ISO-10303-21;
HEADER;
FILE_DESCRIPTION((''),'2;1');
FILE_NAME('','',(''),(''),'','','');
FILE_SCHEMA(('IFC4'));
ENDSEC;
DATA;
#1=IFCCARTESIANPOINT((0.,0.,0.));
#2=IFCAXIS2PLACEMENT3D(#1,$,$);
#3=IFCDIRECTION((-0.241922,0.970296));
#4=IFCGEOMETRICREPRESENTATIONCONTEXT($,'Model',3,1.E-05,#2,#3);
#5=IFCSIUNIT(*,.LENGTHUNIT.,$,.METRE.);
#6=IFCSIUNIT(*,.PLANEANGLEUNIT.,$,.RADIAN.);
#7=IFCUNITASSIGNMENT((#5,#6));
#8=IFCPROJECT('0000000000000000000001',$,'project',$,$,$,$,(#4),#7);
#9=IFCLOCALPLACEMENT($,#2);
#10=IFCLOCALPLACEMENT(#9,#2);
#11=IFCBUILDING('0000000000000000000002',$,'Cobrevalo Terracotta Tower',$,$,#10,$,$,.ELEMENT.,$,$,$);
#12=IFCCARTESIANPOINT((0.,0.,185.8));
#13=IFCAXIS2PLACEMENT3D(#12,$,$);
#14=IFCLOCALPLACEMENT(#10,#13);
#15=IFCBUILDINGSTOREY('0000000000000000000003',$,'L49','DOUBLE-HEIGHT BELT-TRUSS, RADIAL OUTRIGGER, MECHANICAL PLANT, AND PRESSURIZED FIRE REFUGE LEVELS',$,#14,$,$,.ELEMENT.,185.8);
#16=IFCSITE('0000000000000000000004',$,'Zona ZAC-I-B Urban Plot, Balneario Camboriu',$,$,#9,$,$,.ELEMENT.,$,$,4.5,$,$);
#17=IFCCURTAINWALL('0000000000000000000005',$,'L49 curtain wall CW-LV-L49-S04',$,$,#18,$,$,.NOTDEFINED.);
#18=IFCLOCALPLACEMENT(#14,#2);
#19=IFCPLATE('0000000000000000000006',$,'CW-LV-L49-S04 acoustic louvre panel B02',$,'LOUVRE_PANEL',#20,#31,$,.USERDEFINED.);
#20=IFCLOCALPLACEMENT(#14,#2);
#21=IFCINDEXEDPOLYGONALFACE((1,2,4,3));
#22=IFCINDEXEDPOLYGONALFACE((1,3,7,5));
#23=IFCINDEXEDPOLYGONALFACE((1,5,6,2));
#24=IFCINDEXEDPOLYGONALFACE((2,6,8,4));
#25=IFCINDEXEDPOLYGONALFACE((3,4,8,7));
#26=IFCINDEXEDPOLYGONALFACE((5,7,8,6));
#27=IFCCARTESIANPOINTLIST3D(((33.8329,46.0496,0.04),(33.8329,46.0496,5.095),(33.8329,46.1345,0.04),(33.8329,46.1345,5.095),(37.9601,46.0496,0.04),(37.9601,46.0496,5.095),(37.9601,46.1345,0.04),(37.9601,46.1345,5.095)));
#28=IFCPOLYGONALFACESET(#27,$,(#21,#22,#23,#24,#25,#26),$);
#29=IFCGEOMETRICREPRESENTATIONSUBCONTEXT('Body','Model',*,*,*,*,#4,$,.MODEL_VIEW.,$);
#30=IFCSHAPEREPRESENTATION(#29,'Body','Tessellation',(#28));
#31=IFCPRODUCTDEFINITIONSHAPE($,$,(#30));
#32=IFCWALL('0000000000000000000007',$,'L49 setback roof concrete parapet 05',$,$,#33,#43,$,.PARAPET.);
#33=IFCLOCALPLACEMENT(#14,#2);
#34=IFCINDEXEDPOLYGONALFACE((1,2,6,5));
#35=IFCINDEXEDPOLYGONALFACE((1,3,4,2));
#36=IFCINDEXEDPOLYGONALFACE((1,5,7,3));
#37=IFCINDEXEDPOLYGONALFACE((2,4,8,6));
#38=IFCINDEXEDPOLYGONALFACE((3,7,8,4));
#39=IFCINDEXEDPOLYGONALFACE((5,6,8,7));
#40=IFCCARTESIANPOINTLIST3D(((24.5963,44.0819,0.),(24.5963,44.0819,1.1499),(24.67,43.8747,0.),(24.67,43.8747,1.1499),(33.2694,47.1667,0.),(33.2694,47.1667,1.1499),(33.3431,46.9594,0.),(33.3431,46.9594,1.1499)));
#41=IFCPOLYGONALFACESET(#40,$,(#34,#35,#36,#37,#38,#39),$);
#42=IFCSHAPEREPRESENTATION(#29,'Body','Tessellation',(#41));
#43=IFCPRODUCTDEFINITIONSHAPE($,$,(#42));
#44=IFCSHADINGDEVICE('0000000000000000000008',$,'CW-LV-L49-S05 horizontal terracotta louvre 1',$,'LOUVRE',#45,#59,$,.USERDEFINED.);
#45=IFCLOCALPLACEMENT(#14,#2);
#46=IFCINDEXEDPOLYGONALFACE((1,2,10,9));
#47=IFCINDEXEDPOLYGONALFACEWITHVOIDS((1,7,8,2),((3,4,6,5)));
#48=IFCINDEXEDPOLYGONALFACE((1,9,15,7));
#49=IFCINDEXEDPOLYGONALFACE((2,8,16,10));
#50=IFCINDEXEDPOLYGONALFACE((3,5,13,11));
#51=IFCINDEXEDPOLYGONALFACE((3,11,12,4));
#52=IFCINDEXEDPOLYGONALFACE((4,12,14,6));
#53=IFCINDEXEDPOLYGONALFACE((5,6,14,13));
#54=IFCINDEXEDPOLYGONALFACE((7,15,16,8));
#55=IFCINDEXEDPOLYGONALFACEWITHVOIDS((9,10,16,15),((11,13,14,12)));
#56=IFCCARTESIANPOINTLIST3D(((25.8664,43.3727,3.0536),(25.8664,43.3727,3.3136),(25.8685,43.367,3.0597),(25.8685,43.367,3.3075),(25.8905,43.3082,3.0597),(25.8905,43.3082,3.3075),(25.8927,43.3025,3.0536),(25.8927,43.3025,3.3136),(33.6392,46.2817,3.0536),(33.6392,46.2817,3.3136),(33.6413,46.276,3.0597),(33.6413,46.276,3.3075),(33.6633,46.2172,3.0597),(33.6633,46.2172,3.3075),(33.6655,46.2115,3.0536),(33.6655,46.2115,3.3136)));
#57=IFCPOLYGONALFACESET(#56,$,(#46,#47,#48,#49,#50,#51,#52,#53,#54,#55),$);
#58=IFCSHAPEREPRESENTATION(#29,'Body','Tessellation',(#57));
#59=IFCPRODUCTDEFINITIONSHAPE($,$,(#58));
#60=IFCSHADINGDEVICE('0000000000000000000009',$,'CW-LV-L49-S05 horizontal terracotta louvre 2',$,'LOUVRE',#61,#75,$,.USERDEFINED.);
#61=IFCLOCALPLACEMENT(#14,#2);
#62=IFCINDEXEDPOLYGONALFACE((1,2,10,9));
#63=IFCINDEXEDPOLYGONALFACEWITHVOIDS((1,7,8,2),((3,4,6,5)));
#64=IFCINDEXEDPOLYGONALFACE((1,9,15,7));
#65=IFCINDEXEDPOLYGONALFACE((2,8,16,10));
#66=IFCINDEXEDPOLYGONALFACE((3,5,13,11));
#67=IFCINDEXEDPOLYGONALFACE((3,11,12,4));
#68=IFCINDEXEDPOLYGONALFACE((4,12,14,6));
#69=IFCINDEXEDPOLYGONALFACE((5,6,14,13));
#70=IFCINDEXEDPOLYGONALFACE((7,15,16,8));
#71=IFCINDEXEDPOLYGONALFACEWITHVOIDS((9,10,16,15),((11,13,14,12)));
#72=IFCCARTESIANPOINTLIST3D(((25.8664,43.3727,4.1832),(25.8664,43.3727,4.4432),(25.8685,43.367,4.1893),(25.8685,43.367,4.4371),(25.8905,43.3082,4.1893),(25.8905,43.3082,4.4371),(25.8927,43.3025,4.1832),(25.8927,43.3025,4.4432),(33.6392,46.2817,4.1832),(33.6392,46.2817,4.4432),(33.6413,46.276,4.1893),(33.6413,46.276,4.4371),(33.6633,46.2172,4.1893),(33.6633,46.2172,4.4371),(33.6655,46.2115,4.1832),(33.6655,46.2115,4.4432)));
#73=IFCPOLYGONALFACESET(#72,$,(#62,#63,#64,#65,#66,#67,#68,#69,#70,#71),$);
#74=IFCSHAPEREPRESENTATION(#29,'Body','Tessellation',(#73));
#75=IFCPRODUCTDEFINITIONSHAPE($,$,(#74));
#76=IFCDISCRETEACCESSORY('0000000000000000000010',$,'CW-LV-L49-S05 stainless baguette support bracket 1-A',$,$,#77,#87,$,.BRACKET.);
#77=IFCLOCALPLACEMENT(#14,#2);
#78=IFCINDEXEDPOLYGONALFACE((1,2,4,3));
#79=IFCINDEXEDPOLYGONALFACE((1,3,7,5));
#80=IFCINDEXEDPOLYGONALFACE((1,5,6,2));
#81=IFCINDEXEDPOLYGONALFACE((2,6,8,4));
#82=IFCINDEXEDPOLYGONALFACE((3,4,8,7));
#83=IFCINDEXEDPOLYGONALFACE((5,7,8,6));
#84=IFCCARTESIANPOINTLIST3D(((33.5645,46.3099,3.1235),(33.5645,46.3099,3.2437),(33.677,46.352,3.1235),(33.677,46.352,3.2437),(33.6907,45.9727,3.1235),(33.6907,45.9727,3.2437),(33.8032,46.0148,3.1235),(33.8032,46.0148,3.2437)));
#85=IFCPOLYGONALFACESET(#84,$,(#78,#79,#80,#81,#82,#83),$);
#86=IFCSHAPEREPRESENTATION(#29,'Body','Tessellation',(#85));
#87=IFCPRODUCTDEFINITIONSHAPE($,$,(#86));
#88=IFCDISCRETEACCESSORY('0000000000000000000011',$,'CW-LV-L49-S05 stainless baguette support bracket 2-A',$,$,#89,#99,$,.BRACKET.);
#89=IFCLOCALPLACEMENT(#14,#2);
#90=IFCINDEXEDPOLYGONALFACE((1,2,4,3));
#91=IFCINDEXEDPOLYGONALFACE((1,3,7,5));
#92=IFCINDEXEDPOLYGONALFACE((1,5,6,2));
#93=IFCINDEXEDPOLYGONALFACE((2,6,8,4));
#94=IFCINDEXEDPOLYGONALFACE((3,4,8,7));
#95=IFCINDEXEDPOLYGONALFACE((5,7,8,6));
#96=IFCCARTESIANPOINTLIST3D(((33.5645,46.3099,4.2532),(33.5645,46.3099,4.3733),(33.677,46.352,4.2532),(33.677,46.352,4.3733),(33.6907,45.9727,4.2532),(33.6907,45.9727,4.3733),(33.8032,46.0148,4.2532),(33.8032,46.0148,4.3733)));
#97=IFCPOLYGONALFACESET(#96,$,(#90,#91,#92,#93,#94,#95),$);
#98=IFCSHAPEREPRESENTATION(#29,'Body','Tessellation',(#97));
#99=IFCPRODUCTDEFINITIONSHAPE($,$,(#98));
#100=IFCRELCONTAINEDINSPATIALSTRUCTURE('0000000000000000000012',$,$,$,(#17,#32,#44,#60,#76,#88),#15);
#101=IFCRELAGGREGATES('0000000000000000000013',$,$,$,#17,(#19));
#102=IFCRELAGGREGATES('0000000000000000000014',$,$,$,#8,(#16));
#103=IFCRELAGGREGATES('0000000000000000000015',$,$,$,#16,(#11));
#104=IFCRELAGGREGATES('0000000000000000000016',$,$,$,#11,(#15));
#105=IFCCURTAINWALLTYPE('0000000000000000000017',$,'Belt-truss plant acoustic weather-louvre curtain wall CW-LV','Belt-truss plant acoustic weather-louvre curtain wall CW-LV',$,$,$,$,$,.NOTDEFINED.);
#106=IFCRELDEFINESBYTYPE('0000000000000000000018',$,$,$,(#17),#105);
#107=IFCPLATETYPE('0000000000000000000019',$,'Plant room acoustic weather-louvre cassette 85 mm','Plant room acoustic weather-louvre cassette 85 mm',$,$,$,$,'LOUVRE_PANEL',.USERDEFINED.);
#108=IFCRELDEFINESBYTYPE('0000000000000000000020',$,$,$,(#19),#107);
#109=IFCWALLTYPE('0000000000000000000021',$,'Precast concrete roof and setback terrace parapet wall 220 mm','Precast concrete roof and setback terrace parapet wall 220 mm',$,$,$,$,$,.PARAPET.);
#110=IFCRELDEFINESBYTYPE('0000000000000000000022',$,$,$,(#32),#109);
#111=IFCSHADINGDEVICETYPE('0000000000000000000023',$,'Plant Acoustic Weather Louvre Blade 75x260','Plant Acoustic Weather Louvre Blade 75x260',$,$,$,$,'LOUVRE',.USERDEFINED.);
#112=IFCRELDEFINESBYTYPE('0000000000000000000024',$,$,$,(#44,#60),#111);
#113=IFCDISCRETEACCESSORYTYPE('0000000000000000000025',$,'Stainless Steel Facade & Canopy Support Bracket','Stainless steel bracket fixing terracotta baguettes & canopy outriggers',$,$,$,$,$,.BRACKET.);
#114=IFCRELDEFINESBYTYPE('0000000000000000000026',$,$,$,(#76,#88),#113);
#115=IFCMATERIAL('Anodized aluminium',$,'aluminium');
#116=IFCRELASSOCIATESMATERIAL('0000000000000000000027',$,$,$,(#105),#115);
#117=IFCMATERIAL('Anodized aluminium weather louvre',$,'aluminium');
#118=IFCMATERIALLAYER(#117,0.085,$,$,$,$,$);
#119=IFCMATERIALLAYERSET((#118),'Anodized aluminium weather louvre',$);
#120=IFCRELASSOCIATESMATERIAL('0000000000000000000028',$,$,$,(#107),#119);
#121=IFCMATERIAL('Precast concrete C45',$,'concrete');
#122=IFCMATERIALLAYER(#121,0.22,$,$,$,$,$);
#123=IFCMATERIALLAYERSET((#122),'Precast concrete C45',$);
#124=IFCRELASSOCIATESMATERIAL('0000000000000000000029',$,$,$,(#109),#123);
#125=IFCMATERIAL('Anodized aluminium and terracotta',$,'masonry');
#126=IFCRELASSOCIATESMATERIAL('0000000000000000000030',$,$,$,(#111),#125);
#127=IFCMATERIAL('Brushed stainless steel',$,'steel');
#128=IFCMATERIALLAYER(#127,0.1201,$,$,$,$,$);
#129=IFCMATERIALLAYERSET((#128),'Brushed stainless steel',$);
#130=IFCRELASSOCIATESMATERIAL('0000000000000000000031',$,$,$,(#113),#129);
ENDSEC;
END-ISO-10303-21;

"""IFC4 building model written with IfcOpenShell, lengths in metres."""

from ifc_helpers import new_model, si_unit, direction, frame, frame_2d, origin, origin_2d, place, context, subcontext, project, spatial, rectangle, hollow_rectangle, extrude, source, transform, mapped, material, layer, layer_set, material_profile, profile_set, type_object, element, aggregate, save


model = new_model("IFC4")

# Units and contexts
model_context = context("Model", 3, precision=1e-05, world=origin(), true_north=direction((-0.241922, 0.970296)))
body_context = subcontext(model_context, "Body", "Model", "MODEL_VIEW")
ifc_project = project(units=[si_unit("LENGTHUNIT", "METRE"), si_unit("PLANEANGLEUNIT", "RADIAN")], contexts=[model_context])

# Site, building, storey
site_placement = place(None, origin())
site = spatial("IfcSite", under=ifc_project, at=site_placement, Name="Zona ZAC-I-B Urban Plot, Balneario Camboriu", CompositionType="ELEMENT", RefElevation=4.5)
building_placement = place(site_placement, origin())
building = spatial("IfcBuilding", under=site, at=building_placement, Name="Cobrevalo Terracotta Tower", CompositionType="ELEMENT")
storey_placement = place(building_placement, frame((0.0, 0.0, 185.8)))
storey = spatial("IfcBuildingStorey", under=building, at=storey_placement, Name="L49", Description="DOUBLE-HEIGHT BELT-TRUSS, RADIAL OUTRIGGER, MECHANICAL PLANT, AND PRESSURIZED FIRE REFUGE LEVELS", CompositionType="ELEMENT", Elevation=185.8)

# Curtain wall
ifc_material_1 = material(Name="Anodized aluminium", Category="aluminium")
curtain_wall_type = type_object("IfcCurtainWallType", Name="Belt-truss plant acoustic weather-louvre curtain wall CW-LV", Description="Belt-truss plant acoustic weather-louvre curtain wall CW-LV", PredefinedType="NOTDEFINED", material=ifc_material_1)
curtain_wall_1_placement = place(storey_placement, origin())
curtain_wall_1 = element("IfcCurtainWall", 1, at=curtain_wall_1_placement, inside=storey, type_object=curtain_wall_type, Name="L49 curtain wall CW-LV-L49-S04", PredefinedType="NOTDEFINED")

# Plate
ifc_material_2 = material(Name="Anodized aluminium weather louvre", Category="aluminium")
ifc_layer_1 = layer(ifc_material_2, 0.085)
ifc_layer_set_1 = layer_set([ifc_layer_1], Name="Anodized aluminium weather louvre")
plate_type_1 = type_object("IfcPlateType", Name="Plant room acoustic weather-louvre cassette 85 mm", Description="Plant room acoustic weather-louvre cassette 85 mm", ElementType="LOUVRE_PANEL", PredefinedType="USERDEFINED", material=ifc_layer_set_1)
shared_shape_1 = source(origin(), body_context, "Body", "SweptSolid", [
    extrude(rectangle(XDim=4.1272, YDim=0.085, at=origin_2d()), origin(), (0.0, 0.0, 1.0), 5.0549),
])
plate_1_placement = place(storey_placement, frame((35.8965, 46.092, 0.04), z_axis=(0.0, 0.0, 1.0), x_axis=(-1.0, 0.0, 0.0)))
plate_1 = element("IfcPlate", 2, at=plate_1_placement, type_object=plate_type_1, Name="CW-LV-L49-S04 acoustic louvre panel B02", ObjectType="LOUVRE_PANEL", PredefinedType="USERDEFINED", context=body_context, shape_type="MappedRepresentation", body=[
    mapped(shared_shape_1, transform((0.0, 0.0, 0.0), scale=1.0)),
])
aggregate(curtain_wall_1, [plate_1])

# Wall
ifc_material_3 = material(Name="Precast concrete C45", Category="concrete")
ifc_layer_2 = layer(ifc_material_3, 0.22)
ifc_layer_set_2 = layer_set([ifc_layer_2], Name="Precast concrete C45")
wall_type = type_object("IfcWallType", Name="Precast concrete roof and setback terrace parapet wall 220 mm", Description="Precast concrete roof and setback terrace parapet wall 220 mm", PredefinedType="PARAPET", material=ifc_layer_set_2)
wall_placement = place(storey_placement, frame((33.3062, 47.063, 0.0), z_axis=(0.0, 0.0, 1.0), x_axis=(-0.942182, -0.335101, 0.0)))
element("IfcWall", 3, at=wall_placement, inside=storey, type_object=wall_type, Name="L49 setback roof concrete parapet 05", PredefinedType="PARAPET", context=body_context, shape_type="SweptSolid", body=[
    extrude(rectangle(XDim=9.2053, YDim=0.22, at=frame_2d((4.6025, 0.0))), origin(), (0.0, 0.0, 1.0), 1.1499),
])

# Shading devices
ifc_material_4 = material(Name="Anodized aluminium and terracotta", Category="masonry")
ifc_material_profile_1 = material_profile(ifc_material_4, hollow_rectangle(XDim=0.075, YDim=0.26, WallThickness=0.0061, at=origin_2d()), Name="LOUVRE BLADE 75x260")
ifc_profile_set_1 = profile_set([ifc_material_profile_1], Name="Anodized aluminium and terracotta")
shading_device_type = type_object("IfcShadingDeviceType", Name="Plant Acoustic Weather Louvre Blade 75x260", Description="Plant Acoustic Weather Louvre Blade 75x260", ElementType="LOUVRE", PredefinedType="USERDEFINED", material=ifc_profile_set_1)
shared_shape_2 = source(origin(), body_context, "Body", "SweptSolid", [
    extrude(hollow_rectangle(XDim=0.075, YDim=0.26, WallThickness=0.0061, at=origin_2d()), origin(), (0.0, 0.0, 1.0), 8.2993),
])
for number, where, z_axis, x_axis, name in (
    (4, (33.6523, 46.2466, 3.1836), (-0.93656, -0.350508, 0.0), (0.350508, -0.93656, 0.0), "CW-LV-L49-S05 horizontal terracotta louvre 1"),
    (5, (33.6523, 46.2466, 4.3132), (-0.93656, -0.350508, 0.0), (0.350508, -0.93656, 0.0), "CW-LV-L49-S05 horizontal terracotta louvre 2"),
):
    element("IfcShadingDevice", number, at=place(storey_placement, frame(where, z_axis=z_axis, x_axis=x_axis)), inside=storey, type_object=shading_device_type, Name=name, ObjectType="LOUVRE", PredefinedType="USERDEFINED", context=body_context, shape_type="MappedRepresentation", body=[
        mapped(shared_shape_2, transform((0.0, 0.0, 0.0), scale=1.0)),
    ])

# Discrete accessories
ifc_material_5 = material(Name="Brushed stainless steel", Category="steel")
ifc_layer_3 = layer(ifc_material_5, 0.1201)
ifc_layer_set_3 = layer_set([ifc_layer_3], Name="Brushed stainless steel")
discrete_accessory_type = type_object("IfcDiscreteAccessoryType", Name="Stainless Steel Facade & Canopy Support Bracket", Description="Stainless steel bracket fixing terracotta baguettes & canopy outriggers", PredefinedType="BRACKET", material=ifc_layer_set_3)
shared_shape_3 = source(origin(), body_context, "Body", "SweptSolid", [
    extrude(rectangle(XDim=0.1201, YDim=0.3601, at=origin_2d()), origin(), (0.0, 0.0, 1.0), 0.1201),
])
for number, where, z_axis, x_axis, name in (
    (6, (33.6838, 46.1624, 3.1235), (0.0, 0.0, 1.0), (-0.936558, -0.350513, 0.0), "CW-LV-L49-S05 stainless baguette support bracket 1-A"),
    (7, (33.6838, 46.1624, 4.2532), (0.0, 0.0, 1.0), (-0.936558, -0.350513, 0.0), "CW-LV-L49-S05 stainless baguette support bracket 2-A"),
):
    element("IfcDiscreteAccessory", number, at=place(storey_placement, frame(where, z_axis=z_axis, x_axis=x_axis)), inside=storey, type_object=discrete_accessory_type, Name=name, PredefinedType="BRACKET", context=body_context, shape_type="MappedRepresentation", body=[
        mapped(shared_shape_3, transform((0.0, 0.0, 0.0), scale=1.0)),
    ])

save(model, "model.ifc")
